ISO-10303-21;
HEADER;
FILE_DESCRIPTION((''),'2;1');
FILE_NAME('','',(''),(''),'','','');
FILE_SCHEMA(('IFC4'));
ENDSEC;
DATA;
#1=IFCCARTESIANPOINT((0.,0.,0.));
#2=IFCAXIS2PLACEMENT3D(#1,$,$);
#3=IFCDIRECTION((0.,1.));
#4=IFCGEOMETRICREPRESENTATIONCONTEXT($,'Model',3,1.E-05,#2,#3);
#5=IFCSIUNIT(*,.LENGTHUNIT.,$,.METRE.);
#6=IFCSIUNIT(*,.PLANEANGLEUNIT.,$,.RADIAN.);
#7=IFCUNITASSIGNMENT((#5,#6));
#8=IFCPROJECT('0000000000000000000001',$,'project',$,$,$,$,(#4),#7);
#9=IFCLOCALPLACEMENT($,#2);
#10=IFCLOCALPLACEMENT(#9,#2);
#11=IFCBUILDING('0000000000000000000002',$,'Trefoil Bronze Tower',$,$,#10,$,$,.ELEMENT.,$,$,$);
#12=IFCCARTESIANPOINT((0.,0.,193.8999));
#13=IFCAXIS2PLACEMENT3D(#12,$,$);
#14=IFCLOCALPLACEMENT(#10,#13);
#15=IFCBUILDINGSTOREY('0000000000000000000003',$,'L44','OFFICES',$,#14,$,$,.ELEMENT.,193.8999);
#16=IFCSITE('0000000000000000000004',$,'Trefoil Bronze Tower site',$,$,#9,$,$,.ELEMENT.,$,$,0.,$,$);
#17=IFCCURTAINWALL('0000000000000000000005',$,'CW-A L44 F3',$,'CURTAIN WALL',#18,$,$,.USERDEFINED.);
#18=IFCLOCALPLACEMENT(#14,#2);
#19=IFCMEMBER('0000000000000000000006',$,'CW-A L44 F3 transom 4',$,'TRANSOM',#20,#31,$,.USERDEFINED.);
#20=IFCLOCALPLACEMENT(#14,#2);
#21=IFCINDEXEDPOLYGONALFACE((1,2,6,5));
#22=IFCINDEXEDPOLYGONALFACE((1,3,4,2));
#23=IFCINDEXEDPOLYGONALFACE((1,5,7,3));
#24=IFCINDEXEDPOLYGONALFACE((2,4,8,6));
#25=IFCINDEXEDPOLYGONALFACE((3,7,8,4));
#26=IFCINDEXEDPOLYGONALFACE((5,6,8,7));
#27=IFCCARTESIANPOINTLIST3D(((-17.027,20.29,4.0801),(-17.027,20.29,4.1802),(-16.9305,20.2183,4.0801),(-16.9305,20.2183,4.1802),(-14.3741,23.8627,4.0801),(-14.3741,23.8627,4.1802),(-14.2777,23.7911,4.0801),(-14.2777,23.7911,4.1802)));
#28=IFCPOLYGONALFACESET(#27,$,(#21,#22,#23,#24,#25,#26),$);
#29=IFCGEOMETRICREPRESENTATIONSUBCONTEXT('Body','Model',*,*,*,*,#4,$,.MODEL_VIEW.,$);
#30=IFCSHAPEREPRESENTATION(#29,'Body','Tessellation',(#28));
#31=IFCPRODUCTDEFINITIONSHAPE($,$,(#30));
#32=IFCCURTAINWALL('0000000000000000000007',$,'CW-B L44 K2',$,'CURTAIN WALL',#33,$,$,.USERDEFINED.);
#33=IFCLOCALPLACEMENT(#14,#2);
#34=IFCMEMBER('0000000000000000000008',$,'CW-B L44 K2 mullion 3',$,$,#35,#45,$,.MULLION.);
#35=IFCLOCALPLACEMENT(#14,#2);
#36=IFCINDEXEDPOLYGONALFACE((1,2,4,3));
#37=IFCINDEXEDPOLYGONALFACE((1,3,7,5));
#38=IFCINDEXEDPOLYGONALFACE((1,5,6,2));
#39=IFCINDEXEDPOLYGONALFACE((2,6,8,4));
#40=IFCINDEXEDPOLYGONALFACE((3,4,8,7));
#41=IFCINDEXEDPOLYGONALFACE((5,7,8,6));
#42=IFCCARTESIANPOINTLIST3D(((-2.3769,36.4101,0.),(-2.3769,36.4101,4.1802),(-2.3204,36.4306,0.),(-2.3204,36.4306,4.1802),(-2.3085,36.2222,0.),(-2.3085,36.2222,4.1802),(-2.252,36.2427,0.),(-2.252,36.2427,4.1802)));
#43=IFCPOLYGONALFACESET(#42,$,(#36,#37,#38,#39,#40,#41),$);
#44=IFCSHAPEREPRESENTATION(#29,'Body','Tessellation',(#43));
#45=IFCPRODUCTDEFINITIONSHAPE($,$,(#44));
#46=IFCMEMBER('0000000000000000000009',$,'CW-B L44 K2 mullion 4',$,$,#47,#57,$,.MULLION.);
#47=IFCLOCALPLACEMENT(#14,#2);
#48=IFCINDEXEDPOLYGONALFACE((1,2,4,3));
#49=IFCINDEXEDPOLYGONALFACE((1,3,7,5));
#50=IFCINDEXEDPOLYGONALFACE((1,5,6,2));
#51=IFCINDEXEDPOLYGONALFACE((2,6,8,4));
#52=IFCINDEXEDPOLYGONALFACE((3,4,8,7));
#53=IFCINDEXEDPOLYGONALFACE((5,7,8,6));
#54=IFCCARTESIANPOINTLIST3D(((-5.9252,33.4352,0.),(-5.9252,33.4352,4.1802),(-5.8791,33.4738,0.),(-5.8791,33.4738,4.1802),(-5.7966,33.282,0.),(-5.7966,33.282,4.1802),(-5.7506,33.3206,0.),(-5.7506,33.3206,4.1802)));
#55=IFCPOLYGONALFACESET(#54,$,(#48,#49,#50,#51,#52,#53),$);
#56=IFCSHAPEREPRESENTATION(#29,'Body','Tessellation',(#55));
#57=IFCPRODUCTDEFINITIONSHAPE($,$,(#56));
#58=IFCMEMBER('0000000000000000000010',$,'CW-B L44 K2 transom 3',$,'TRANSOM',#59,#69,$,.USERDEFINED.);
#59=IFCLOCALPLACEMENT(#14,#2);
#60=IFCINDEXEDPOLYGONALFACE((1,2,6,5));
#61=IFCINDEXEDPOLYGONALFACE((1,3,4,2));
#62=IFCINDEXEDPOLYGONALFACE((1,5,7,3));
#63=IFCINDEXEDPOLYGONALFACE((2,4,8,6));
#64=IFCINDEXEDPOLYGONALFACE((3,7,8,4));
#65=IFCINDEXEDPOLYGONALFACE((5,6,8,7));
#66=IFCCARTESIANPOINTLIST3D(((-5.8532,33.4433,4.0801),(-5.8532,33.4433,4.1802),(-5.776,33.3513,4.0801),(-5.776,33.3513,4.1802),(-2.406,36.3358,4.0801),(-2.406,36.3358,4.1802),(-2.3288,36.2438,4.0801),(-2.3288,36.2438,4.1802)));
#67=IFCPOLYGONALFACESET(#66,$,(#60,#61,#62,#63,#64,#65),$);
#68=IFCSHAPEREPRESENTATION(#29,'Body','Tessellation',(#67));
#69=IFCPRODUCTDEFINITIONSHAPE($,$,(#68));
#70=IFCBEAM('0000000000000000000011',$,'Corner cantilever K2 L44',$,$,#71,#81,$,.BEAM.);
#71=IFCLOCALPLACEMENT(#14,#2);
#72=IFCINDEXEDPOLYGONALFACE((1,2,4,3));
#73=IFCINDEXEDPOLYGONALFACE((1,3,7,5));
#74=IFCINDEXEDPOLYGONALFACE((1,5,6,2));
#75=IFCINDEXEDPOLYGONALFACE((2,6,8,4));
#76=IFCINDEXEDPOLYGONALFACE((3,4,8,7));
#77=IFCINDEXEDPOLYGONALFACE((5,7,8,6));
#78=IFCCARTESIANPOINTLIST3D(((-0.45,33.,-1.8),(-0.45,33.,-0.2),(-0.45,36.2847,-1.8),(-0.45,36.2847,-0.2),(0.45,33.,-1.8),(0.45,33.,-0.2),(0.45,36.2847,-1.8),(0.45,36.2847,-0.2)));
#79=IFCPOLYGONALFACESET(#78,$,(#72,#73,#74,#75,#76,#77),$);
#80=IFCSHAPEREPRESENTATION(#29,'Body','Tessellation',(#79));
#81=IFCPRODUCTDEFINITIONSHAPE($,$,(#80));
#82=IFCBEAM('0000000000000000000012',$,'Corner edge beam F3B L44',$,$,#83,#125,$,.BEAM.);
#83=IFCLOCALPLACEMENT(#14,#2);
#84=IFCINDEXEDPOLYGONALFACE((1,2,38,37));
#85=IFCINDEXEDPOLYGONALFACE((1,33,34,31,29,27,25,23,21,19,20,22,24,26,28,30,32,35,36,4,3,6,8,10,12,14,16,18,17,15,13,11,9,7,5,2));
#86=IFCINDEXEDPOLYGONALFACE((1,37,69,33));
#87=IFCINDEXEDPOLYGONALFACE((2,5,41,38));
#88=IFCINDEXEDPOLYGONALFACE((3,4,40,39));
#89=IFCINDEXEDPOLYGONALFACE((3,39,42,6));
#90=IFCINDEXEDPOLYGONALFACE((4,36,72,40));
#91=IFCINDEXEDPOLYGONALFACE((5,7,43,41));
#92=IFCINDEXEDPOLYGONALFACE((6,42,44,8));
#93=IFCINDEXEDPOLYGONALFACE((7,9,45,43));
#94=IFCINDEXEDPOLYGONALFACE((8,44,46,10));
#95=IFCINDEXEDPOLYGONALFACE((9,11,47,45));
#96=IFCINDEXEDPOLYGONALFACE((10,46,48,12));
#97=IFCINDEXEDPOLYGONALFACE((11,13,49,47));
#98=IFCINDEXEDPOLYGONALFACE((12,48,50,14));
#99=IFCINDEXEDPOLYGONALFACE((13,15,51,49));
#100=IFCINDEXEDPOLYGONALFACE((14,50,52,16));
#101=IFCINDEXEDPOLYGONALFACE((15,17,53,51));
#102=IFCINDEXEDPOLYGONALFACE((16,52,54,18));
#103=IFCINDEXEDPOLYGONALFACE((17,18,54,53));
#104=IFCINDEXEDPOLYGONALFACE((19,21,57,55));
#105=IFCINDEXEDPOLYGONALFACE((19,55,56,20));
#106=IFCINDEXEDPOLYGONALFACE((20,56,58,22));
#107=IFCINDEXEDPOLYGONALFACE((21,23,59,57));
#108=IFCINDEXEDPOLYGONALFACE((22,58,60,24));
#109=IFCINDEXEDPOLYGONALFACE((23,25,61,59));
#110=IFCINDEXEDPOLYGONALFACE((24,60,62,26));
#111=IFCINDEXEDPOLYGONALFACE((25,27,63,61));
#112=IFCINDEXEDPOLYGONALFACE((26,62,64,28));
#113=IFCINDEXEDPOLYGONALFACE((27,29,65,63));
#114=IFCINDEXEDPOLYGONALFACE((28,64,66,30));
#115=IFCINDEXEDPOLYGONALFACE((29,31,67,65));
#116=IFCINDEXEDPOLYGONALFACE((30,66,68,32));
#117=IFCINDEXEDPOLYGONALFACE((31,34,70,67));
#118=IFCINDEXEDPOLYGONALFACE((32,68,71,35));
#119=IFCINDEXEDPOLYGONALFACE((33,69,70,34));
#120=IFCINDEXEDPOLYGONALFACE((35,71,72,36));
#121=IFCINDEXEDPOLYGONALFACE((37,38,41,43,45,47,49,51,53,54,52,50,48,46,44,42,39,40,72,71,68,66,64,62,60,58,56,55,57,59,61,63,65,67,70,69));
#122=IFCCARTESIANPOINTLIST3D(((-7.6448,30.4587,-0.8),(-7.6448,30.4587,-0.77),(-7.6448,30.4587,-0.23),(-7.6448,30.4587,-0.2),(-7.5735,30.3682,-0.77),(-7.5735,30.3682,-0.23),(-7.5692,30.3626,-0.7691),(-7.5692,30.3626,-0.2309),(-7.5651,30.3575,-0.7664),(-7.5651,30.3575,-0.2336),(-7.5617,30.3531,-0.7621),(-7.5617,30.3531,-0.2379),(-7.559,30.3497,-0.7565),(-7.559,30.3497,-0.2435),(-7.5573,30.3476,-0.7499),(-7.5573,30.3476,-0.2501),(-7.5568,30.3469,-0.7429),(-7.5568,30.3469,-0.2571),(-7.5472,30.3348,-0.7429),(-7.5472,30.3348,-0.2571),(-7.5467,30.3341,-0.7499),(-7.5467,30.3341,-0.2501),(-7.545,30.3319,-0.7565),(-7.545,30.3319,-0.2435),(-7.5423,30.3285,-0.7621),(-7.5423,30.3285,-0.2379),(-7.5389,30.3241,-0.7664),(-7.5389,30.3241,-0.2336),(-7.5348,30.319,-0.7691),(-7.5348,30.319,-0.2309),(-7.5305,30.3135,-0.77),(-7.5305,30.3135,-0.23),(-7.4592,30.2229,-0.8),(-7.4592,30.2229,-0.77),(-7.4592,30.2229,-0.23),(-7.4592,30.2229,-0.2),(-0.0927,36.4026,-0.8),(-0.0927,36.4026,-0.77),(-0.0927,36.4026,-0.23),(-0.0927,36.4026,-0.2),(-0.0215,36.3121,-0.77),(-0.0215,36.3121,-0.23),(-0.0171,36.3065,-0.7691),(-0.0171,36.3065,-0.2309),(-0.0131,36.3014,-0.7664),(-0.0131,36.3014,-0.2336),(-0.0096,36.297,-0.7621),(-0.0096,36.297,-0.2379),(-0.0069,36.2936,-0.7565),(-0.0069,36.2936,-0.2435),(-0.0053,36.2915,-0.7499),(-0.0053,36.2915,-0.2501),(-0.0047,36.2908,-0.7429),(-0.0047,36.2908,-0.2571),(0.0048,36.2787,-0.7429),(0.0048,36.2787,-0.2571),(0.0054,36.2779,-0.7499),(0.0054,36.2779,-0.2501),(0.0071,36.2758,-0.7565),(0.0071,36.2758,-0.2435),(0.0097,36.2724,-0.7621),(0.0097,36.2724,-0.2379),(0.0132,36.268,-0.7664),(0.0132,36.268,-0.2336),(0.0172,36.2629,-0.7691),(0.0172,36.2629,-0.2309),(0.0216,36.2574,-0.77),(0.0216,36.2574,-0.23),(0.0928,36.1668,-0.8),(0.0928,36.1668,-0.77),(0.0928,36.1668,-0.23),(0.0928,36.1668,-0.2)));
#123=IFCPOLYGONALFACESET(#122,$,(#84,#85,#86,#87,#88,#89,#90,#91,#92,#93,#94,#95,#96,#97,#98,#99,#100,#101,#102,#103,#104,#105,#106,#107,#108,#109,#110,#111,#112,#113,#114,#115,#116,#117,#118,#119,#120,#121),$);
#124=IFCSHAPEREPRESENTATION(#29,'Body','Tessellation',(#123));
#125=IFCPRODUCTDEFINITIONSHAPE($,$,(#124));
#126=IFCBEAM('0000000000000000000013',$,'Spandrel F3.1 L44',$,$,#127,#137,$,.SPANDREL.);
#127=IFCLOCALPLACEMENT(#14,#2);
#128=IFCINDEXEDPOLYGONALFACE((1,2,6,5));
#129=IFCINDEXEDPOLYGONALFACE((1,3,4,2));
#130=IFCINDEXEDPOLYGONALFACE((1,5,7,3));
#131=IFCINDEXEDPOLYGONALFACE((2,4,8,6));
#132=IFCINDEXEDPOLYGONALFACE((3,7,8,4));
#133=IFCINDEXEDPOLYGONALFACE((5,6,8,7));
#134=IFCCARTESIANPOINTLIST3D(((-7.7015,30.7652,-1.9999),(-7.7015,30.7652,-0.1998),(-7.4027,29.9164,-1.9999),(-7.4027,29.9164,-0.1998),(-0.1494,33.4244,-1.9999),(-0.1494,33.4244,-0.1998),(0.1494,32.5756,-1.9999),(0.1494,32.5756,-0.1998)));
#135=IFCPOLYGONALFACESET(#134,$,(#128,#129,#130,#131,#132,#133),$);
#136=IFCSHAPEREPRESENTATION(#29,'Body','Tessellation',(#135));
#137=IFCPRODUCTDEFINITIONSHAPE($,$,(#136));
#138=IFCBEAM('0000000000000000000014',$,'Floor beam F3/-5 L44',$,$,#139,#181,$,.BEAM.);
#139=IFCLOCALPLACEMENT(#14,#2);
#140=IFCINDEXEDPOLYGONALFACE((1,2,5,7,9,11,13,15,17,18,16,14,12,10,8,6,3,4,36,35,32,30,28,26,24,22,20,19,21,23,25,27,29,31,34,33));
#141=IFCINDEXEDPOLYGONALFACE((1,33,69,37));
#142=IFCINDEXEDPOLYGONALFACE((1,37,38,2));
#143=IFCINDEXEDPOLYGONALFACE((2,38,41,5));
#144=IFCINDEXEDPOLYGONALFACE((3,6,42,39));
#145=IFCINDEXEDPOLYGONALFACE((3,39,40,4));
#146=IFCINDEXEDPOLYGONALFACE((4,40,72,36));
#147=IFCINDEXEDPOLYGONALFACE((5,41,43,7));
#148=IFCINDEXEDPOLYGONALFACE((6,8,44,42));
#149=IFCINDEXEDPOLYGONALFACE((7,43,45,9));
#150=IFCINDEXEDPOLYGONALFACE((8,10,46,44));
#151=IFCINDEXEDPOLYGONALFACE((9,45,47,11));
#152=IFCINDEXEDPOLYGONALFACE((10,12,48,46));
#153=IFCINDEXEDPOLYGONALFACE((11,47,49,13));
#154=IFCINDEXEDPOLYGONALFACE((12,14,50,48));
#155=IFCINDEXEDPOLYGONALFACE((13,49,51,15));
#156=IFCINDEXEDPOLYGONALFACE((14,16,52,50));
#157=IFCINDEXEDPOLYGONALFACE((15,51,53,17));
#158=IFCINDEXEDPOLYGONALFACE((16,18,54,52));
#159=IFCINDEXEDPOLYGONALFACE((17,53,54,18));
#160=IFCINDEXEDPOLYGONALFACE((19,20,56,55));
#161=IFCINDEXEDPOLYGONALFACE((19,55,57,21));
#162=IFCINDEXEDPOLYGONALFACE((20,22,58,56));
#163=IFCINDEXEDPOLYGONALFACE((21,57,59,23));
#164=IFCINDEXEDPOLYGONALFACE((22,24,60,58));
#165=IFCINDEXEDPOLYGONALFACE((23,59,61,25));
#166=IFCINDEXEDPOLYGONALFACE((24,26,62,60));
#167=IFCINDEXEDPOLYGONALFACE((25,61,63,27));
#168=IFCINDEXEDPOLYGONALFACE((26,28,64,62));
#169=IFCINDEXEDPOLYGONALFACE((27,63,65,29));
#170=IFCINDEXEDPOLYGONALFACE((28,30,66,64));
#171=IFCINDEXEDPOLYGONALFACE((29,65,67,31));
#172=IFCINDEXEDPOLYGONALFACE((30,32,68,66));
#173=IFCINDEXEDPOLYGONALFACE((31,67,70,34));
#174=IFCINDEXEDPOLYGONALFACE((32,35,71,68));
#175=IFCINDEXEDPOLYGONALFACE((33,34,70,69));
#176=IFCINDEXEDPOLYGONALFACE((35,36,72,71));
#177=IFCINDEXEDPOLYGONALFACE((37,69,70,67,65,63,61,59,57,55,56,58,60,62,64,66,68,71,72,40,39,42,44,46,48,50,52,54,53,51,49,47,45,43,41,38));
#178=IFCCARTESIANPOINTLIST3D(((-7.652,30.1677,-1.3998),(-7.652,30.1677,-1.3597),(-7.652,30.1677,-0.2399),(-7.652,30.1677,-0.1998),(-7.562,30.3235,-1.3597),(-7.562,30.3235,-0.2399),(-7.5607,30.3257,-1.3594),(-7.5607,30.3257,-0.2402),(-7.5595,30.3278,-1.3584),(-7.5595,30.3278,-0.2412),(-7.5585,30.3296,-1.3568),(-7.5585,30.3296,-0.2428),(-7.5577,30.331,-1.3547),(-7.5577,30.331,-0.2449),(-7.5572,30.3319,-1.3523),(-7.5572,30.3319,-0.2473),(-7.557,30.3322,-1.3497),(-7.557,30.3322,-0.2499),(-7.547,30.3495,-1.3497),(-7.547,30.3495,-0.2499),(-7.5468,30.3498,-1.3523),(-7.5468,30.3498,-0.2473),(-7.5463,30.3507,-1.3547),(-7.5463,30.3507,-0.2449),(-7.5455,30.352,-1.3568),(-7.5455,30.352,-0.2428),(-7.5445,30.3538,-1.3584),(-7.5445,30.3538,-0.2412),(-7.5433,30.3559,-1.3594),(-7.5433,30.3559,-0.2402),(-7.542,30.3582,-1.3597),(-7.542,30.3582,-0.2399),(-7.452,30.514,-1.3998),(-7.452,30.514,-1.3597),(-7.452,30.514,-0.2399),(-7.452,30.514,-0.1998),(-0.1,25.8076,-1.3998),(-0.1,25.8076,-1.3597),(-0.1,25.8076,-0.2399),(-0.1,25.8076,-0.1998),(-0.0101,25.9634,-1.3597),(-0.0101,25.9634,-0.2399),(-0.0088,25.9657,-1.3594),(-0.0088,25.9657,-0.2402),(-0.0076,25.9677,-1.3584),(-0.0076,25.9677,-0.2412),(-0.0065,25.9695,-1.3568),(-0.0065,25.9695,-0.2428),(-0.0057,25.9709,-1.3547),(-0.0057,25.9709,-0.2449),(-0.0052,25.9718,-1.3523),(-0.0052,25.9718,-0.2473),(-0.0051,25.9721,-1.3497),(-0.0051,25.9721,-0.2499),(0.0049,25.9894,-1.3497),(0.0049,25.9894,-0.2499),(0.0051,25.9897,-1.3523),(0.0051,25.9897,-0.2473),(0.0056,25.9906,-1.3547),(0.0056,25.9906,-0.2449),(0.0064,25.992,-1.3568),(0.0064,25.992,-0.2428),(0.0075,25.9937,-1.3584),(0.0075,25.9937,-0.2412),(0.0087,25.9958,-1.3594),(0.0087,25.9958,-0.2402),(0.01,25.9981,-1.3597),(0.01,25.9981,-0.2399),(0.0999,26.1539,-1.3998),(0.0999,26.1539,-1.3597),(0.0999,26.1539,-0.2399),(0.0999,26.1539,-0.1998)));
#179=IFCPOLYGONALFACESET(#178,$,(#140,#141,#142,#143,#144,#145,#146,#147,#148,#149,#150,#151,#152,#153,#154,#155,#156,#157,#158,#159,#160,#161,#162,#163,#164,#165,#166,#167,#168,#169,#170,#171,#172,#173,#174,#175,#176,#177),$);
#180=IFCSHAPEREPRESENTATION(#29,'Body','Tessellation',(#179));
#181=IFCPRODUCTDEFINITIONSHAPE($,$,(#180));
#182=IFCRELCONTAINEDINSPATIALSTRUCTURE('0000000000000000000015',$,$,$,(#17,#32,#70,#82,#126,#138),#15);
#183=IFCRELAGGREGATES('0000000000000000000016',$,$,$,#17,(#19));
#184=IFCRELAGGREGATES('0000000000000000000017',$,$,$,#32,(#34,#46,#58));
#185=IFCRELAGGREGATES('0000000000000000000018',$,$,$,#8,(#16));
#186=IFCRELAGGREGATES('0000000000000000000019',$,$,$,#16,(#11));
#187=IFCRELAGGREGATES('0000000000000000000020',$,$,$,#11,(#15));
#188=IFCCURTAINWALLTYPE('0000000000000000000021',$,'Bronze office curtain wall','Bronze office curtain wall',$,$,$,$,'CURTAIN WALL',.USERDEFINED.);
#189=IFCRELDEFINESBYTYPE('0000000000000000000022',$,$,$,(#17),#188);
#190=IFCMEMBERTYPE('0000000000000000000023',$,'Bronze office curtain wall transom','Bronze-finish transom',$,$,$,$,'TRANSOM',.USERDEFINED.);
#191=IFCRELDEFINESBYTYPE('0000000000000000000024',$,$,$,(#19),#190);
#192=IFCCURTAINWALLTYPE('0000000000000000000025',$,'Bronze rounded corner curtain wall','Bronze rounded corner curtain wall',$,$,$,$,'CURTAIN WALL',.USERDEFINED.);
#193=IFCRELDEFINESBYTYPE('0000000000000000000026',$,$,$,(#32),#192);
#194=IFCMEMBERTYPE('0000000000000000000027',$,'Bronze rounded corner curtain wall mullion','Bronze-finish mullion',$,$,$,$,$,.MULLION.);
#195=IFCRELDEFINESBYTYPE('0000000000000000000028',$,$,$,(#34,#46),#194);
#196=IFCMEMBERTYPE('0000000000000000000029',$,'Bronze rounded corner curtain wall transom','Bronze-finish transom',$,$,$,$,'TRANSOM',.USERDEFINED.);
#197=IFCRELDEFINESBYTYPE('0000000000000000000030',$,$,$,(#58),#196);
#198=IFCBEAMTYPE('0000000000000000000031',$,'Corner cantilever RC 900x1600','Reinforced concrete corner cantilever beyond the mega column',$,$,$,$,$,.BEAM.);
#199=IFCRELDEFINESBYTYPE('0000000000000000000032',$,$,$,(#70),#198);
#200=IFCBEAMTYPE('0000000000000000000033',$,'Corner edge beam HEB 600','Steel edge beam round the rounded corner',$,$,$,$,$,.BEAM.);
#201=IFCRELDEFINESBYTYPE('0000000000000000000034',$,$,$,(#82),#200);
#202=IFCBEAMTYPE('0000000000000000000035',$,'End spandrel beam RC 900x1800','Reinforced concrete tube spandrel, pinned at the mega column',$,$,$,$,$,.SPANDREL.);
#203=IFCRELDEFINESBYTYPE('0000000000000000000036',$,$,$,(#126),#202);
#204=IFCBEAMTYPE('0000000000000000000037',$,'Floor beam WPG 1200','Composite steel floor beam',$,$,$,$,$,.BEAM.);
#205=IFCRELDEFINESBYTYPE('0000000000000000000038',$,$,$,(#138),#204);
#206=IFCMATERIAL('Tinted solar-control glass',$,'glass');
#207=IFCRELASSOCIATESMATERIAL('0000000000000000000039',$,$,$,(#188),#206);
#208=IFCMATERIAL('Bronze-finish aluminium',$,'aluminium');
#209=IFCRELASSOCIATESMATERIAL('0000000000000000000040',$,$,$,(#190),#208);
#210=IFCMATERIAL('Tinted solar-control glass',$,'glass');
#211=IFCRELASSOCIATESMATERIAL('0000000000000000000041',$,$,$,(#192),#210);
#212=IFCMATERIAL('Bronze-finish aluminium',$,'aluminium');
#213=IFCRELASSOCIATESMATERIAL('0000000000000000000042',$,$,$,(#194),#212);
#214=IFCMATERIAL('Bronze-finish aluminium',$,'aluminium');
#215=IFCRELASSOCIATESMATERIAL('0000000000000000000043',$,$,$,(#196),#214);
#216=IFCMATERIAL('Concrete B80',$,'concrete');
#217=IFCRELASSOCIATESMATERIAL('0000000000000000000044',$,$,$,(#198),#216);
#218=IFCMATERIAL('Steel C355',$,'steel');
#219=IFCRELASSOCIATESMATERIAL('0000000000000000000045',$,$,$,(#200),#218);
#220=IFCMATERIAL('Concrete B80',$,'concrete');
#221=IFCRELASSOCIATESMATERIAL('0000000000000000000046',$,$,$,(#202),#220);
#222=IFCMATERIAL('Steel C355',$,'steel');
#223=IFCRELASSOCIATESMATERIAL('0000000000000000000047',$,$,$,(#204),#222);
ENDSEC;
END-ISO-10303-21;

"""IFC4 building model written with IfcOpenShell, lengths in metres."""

from ifc_helpers import new_model, si_unit, direction, frame, origin, origin_2d, place, context, subcontext, project, spatial, rectangle, i_section, extrude, material, material_profile, profile_set, type_object, element, aggregate, save


model = new_model("IFC4")

# Units and contexts
model_context = context("Model", 3, precision=1e-05, world=origin(), true_north=direction((0.0, 1.0)))
body_context = subcontext(model_context, "Body", "Model", "MODEL_VIEW")
ifc_project = project(units=[si_unit("LENGTHUNIT", "METRE"), si_unit("PLANEANGLEUNIT", "RADIAN")], contexts=[model_context])

# Site, building, storey
site_placement = place(None, origin())
site = spatial("IfcSite", under=ifc_project, at=site_placement, Name="Trefoil Bronze Tower site", CompositionType="ELEMENT", RefElevation=0.0)
building_placement = place(site_placement, origin())
building = spatial("IfcBuilding", under=site, at=building_placement, Name="Trefoil Bronze Tower", CompositionType="ELEMENT")
storey_placement = place(building_placement, frame((0.0, 0.0, 193.8999)))
storey = spatial("IfcBuildingStorey", under=building, at=storey_placement, Name="L44", Description="OFFICES", CompositionType="ELEMENT", Elevation=193.8999)

# Curtain walls, members
ifc_material_1 = material(Name="Tinted solar-control glass", Category="glass")
curtain_wall_type_1 = type_object("IfcCurtainWallType", Name="Bronze office curtain wall", Description="Bronze office curtain wall", ElementType="CURTAIN WALL", PredefinedType="USERDEFINED", material=ifc_material_1)
curtain_wall_1_placement = place(storey_placement, origin())
curtain_wall_1 = element("IfcCurtainWall", 1, at=curtain_wall_1_placement, inside=storey, type_object=curtain_wall_type_1, Name="CW-A L44 F3", ObjectType="CURTAIN WALL", PredefinedType="USERDEFINED")
ifc_material_2 = material(Name="Bronze-finish aluminium", Category="aluminium")
ifc_material_profile_1 = material_profile(ifc_material_2, rectangle(XDim=0.1201, YDim=0.1001, at=origin_2d()), Name="CW-A transom")
ifc_profile_set_1 = profile_set([ifc_material_profile_1], Name="Bronze-finish aluminium")
member_type_1 = type_object("IfcMemberType", Name="Bronze office curtain wall transom", Description="Bronze-finish transom", ElementType="TRANSOM", PredefinedType="USERDEFINED", material=ifc_profile_set_1)
member_1_placement = place(storey_placement, frame((-14.3259, 23.8269, 4.1301), z_axis=(-0.596148, -0.802874, 0.0), x_axis=(0.802874, -0.596148, 0.0)))
member_1 = element("IfcMember", 2, at=member_1_placement, type_object=member_type_1, Name="CW-A L44 F3 transom 4", ObjectType="TRANSOM", PredefinedType="USERDEFINED", context=body_context, shape_type="SweptSolid", body=[
    extrude(rectangle(XDim=0.1201, YDim=0.1001, at=origin_2d()), origin(), (0.0, 0.0, 1.0), 4.45),
])
ifc_material_3 = material(Name="Tinted solar-control glass", Category="glass")
curtain_wall_type_2 = type_object("IfcCurtainWallType", Name="Bronze rounded corner curtain wall", Description="Bronze rounded corner curtain wall", ElementType="CURTAIN WALL", PredefinedType="USERDEFINED", material=ifc_material_3)
curtain_wall_2_placement = place(storey_placement, origin())
curtain_wall_2 = element("IfcCurtainWall", 3, at=curtain_wall_2_placement, inside=storey, type_object=curtain_wall_type_2, Name="CW-B L44 K2", ObjectType="CURTAIN WALL", PredefinedType="USERDEFINED")
ifc_material_4 = material(Name="Bronze-finish aluminium", Category="aluminium")
ifc_material_profile_2 = material_profile(ifc_material_4, rectangle(XDim=0.2, YDim=0.0601, at=origin_2d()), Name="CW-B mullion")
ifc_profile_set_2 = profile_set([ifc_material_profile_2], Name="Bronze-finish aluminium")
member_type_2 = type_object("IfcMemberType", Name="Bronze rounded corner curtain wall mullion", Description="Bronze-finish mullion", PredefinedType="MULLION", material=ifc_profile_set_2)
member_2_placement = place(storey_placement, frame((-2.3145, 36.3264, 0.0), z_axis=(0.0, 0.0, 1.0), x_axis=(0.34202, -0.939693, 0.0)))
member_2 = element("IfcMember", 4, at=member_2_placement, type_object=member_type_2, Name="CW-B L44 K2 mullion 3", PredefinedType="MULLION", context=body_context, shape_type="SweptSolid", body=[
    extrude(rectangle(XDim=0.2, YDim=0.0601, at=origin_2d()), origin(), (0.0, 0.0, 1.0), 4.1802),
])
member_3_placement = place(storey_placement, frame((-5.8379, 33.3779, 0.0), z_axis=(0.0, 0.0, 1.0), x_axis=(0.642788, -0.766044, 0.0)))
member_3 = element("IfcMember", 5, at=member_3_placement, type_object=member_type_2, Name="CW-B L44 K2 mullion 4", PredefinedType="MULLION", context=body_context, shape_type="SweptSolid", body=[
    extrude(rectangle(XDim=0.2, YDim=0.0601, at=origin_2d()), origin(), (0.0, 0.0, 1.0), 4.1802),
])
ifc_material_5 = material(Name="Bronze-finish aluminium", Category="aluminium")
ifc_material_profile_3 = material_profile(ifc_material_5, rectangle(XDim=0.1201, YDim=0.1001, at=origin_2d()), Name="CW-B transom")
ifc_profile_set_3 = profile_set([ifc_material_profile_3], Name="Bronze-finish aluminium")
member_type_3 = type_object("IfcMemberType", Name="Bronze rounded corner curtain wall transom", Description="Bronze-finish transom", ElementType="TRANSOM", PredefinedType="USERDEFINED", material=ifc_profile_set_3)
member_4_placement = place(storey_placement, frame((-2.3674, 36.2898, 4.1301), z_axis=(-0.766047, -0.642785, 0.0), x_axis=(0.642785, -0.766047, 0.0)))
member_4 = element("IfcMember", 6, at=member_4_placement, type_object=member_type_3, Name="CW-B L44 K2 transom 3", ObjectType="TRANSOM", PredefinedType="USERDEFINED", context=body_context, shape_type="SweptSolid", body=[
    extrude(rectangle(XDim=0.1201, YDim=0.1001, at=origin_2d()), origin(), (0.0, 0.0, 1.0), 4.5),
])

# Beams
ifc_material_6 = material(Name="Concrete B80", Category="concrete")
ifc_material_profile_4 = material_profile(ifc_material_6, rectangle(XDim=0.8999, YDim=1.6001, at=origin_2d()), Name="RC 900x1600")
ifc_profile_set_4 = profile_set([ifc_material_profile_4], Name="Concrete B80")
beam_type_1 = type_object("IfcBeamType", Name="Corner cantilever RC 900x1600", Description="Reinforced concrete corner cantilever beyond the mega column", PredefinedType="BEAM", material=ifc_profile_set_4)
beam_1_placement = place(storey_placement, frame((0.0, 33.0, -1.0), z_axis=(0.0, 1.0, 0.0), x_axis=(-1.0, 0.0, 0.0)))
element("IfcBeam", 7, at=beam_1_placement, inside=storey, type_object=beam_type_1, Name="Corner cantilever K2 L44", PredefinedType="BEAM", context=body_context, shape_type="SweptSolid", body=[
    extrude(rectangle(XDim=0.8999, YDim=1.6001, at=origin_2d()), origin(), (0.0, 0.0, 1.0), 3.2847),
])
ifc_material_7 = material(Name="Steel C355", Category="steel")
ifc_material_profile_5 = material_profile(ifc_material_7, i_section(OverallWidth=0.3, OverallDepth=0.6001, WebThickness=0.0154, FlangeThickness=0.03, FilletRadius=0.0271, at=origin_2d()), Name="HEB 600")
ifc_profile_set_5 = profile_set([ifc_material_profile_5], Name="Steel C355")
beam_type_2 = type_object("IfcBeamType", Name="Corner edge beam HEB 600", Description="Steel edge beam round the rounded corner", PredefinedType="BEAM", material=ifc_profile_set_5)
beam_2_placement = place(storey_placement, frame((-7.552, 30.3408, -0.5), z_axis=(0.785806, 0.618473, 0.0), x_axis=(-0.618473, 0.785806, 0.0)))
element("IfcBeam", 8, at=beam_2_placement, inside=storey, type_object=beam_type_2, Name="Corner edge beam F3B L44", PredefinedType="BEAM", context=body_context, shape_type="SweptSolid", body=[
    extrude(i_section(OverallWidth=0.3, OverallDepth=0.6001, WebThickness=0.0154, FlangeThickness=0.03, FilletRadius=0.0271, at=origin_2d()), origin(), (0.0, 0.0, 1.0), 9.6106),
])
ifc_material_8 = material(Name="Concrete B80", Category="concrete")
ifc_material_profile_6 = material_profile(ifc_material_8, rectangle(XDim=0.8999, YDim=1.8, at=origin_2d()), Name="RC 900x1800")
ifc_profile_set_6 = profile_set([ifc_material_profile_6], Name="Concrete B80")
beam_type_3 = type_object("IfcBeamType", Name="End spandrel beam RC 900x1800", Description="Reinforced concrete tube spandrel, pinned at the mega column", PredefinedType="SPANDREL", material=ifc_profile_set_6)
beam_3_placement = place(storey_placement, frame((0.0, 33.0, -1.0999), z_axis=(-0.943234, -0.332128, 0.0), x_axis=(0.332128, -0.943234, 0.0)))
element("IfcBeam", 9, at=beam_3_placement, inside=storey, type_object=beam_type_3, Name="Spandrel F3.1 L44", PredefinedType="SPANDREL", context=body_context, shape_type="SweptSolid", body=[
    extrude(rectangle(XDim=0.8999, YDim=1.8, at=origin_2d()), origin(), (0.0, 0.0, 1.0), 8.0066),
])
ifc_material_9 = material(Name="Steel C355", Category="steel")
ifc_material_profile_7 = material_profile(ifc_material_9, i_section(OverallWidth=0.3999, OverallDepth=1.2, WebThickness=0.02, FlangeThickness=0.04, FilletRadius=0.01, at=origin_2d()), Name="WPG 1200")
ifc_profile_set_7 = profile_set([ifc_material_profile_7], Name="Steel C355")
beam_type_4 = type_object("IfcBeamType", Name="Floor beam WPG 1200", Description="Composite steel floor beam", PredefinedType="BEAM", material=ifc_profile_set_7)
beam_4_placement = place(storey_placement, frame((-7.552, 30.3408, -0.7998), z_axis=(0.866028, -0.499996, 0.0), x_axis=(0.499996, 0.866028, 0.0)))
element("IfcBeam", 10, at=beam_4_placement, inside=storey, type_object=beam_type_4, Name="Floor beam F3/-5 L44", PredefinedType="BEAM", context=body_context, shape_type="SweptSolid", body=[
    extrude(i_section(OverallWidth=0.3999, OverallDepth=1.2, WebThickness=0.02, FlangeThickness=0.04, FilletRadius=0.01, at=origin_2d()), origin(), (0.0, 0.0, 1.0), 8.7202),
])

aggregate(curtain_wall_1, [member_1])
aggregate(curtain_wall_2, [member_2, member_3, member_4])

save(model, "model.ifc")
